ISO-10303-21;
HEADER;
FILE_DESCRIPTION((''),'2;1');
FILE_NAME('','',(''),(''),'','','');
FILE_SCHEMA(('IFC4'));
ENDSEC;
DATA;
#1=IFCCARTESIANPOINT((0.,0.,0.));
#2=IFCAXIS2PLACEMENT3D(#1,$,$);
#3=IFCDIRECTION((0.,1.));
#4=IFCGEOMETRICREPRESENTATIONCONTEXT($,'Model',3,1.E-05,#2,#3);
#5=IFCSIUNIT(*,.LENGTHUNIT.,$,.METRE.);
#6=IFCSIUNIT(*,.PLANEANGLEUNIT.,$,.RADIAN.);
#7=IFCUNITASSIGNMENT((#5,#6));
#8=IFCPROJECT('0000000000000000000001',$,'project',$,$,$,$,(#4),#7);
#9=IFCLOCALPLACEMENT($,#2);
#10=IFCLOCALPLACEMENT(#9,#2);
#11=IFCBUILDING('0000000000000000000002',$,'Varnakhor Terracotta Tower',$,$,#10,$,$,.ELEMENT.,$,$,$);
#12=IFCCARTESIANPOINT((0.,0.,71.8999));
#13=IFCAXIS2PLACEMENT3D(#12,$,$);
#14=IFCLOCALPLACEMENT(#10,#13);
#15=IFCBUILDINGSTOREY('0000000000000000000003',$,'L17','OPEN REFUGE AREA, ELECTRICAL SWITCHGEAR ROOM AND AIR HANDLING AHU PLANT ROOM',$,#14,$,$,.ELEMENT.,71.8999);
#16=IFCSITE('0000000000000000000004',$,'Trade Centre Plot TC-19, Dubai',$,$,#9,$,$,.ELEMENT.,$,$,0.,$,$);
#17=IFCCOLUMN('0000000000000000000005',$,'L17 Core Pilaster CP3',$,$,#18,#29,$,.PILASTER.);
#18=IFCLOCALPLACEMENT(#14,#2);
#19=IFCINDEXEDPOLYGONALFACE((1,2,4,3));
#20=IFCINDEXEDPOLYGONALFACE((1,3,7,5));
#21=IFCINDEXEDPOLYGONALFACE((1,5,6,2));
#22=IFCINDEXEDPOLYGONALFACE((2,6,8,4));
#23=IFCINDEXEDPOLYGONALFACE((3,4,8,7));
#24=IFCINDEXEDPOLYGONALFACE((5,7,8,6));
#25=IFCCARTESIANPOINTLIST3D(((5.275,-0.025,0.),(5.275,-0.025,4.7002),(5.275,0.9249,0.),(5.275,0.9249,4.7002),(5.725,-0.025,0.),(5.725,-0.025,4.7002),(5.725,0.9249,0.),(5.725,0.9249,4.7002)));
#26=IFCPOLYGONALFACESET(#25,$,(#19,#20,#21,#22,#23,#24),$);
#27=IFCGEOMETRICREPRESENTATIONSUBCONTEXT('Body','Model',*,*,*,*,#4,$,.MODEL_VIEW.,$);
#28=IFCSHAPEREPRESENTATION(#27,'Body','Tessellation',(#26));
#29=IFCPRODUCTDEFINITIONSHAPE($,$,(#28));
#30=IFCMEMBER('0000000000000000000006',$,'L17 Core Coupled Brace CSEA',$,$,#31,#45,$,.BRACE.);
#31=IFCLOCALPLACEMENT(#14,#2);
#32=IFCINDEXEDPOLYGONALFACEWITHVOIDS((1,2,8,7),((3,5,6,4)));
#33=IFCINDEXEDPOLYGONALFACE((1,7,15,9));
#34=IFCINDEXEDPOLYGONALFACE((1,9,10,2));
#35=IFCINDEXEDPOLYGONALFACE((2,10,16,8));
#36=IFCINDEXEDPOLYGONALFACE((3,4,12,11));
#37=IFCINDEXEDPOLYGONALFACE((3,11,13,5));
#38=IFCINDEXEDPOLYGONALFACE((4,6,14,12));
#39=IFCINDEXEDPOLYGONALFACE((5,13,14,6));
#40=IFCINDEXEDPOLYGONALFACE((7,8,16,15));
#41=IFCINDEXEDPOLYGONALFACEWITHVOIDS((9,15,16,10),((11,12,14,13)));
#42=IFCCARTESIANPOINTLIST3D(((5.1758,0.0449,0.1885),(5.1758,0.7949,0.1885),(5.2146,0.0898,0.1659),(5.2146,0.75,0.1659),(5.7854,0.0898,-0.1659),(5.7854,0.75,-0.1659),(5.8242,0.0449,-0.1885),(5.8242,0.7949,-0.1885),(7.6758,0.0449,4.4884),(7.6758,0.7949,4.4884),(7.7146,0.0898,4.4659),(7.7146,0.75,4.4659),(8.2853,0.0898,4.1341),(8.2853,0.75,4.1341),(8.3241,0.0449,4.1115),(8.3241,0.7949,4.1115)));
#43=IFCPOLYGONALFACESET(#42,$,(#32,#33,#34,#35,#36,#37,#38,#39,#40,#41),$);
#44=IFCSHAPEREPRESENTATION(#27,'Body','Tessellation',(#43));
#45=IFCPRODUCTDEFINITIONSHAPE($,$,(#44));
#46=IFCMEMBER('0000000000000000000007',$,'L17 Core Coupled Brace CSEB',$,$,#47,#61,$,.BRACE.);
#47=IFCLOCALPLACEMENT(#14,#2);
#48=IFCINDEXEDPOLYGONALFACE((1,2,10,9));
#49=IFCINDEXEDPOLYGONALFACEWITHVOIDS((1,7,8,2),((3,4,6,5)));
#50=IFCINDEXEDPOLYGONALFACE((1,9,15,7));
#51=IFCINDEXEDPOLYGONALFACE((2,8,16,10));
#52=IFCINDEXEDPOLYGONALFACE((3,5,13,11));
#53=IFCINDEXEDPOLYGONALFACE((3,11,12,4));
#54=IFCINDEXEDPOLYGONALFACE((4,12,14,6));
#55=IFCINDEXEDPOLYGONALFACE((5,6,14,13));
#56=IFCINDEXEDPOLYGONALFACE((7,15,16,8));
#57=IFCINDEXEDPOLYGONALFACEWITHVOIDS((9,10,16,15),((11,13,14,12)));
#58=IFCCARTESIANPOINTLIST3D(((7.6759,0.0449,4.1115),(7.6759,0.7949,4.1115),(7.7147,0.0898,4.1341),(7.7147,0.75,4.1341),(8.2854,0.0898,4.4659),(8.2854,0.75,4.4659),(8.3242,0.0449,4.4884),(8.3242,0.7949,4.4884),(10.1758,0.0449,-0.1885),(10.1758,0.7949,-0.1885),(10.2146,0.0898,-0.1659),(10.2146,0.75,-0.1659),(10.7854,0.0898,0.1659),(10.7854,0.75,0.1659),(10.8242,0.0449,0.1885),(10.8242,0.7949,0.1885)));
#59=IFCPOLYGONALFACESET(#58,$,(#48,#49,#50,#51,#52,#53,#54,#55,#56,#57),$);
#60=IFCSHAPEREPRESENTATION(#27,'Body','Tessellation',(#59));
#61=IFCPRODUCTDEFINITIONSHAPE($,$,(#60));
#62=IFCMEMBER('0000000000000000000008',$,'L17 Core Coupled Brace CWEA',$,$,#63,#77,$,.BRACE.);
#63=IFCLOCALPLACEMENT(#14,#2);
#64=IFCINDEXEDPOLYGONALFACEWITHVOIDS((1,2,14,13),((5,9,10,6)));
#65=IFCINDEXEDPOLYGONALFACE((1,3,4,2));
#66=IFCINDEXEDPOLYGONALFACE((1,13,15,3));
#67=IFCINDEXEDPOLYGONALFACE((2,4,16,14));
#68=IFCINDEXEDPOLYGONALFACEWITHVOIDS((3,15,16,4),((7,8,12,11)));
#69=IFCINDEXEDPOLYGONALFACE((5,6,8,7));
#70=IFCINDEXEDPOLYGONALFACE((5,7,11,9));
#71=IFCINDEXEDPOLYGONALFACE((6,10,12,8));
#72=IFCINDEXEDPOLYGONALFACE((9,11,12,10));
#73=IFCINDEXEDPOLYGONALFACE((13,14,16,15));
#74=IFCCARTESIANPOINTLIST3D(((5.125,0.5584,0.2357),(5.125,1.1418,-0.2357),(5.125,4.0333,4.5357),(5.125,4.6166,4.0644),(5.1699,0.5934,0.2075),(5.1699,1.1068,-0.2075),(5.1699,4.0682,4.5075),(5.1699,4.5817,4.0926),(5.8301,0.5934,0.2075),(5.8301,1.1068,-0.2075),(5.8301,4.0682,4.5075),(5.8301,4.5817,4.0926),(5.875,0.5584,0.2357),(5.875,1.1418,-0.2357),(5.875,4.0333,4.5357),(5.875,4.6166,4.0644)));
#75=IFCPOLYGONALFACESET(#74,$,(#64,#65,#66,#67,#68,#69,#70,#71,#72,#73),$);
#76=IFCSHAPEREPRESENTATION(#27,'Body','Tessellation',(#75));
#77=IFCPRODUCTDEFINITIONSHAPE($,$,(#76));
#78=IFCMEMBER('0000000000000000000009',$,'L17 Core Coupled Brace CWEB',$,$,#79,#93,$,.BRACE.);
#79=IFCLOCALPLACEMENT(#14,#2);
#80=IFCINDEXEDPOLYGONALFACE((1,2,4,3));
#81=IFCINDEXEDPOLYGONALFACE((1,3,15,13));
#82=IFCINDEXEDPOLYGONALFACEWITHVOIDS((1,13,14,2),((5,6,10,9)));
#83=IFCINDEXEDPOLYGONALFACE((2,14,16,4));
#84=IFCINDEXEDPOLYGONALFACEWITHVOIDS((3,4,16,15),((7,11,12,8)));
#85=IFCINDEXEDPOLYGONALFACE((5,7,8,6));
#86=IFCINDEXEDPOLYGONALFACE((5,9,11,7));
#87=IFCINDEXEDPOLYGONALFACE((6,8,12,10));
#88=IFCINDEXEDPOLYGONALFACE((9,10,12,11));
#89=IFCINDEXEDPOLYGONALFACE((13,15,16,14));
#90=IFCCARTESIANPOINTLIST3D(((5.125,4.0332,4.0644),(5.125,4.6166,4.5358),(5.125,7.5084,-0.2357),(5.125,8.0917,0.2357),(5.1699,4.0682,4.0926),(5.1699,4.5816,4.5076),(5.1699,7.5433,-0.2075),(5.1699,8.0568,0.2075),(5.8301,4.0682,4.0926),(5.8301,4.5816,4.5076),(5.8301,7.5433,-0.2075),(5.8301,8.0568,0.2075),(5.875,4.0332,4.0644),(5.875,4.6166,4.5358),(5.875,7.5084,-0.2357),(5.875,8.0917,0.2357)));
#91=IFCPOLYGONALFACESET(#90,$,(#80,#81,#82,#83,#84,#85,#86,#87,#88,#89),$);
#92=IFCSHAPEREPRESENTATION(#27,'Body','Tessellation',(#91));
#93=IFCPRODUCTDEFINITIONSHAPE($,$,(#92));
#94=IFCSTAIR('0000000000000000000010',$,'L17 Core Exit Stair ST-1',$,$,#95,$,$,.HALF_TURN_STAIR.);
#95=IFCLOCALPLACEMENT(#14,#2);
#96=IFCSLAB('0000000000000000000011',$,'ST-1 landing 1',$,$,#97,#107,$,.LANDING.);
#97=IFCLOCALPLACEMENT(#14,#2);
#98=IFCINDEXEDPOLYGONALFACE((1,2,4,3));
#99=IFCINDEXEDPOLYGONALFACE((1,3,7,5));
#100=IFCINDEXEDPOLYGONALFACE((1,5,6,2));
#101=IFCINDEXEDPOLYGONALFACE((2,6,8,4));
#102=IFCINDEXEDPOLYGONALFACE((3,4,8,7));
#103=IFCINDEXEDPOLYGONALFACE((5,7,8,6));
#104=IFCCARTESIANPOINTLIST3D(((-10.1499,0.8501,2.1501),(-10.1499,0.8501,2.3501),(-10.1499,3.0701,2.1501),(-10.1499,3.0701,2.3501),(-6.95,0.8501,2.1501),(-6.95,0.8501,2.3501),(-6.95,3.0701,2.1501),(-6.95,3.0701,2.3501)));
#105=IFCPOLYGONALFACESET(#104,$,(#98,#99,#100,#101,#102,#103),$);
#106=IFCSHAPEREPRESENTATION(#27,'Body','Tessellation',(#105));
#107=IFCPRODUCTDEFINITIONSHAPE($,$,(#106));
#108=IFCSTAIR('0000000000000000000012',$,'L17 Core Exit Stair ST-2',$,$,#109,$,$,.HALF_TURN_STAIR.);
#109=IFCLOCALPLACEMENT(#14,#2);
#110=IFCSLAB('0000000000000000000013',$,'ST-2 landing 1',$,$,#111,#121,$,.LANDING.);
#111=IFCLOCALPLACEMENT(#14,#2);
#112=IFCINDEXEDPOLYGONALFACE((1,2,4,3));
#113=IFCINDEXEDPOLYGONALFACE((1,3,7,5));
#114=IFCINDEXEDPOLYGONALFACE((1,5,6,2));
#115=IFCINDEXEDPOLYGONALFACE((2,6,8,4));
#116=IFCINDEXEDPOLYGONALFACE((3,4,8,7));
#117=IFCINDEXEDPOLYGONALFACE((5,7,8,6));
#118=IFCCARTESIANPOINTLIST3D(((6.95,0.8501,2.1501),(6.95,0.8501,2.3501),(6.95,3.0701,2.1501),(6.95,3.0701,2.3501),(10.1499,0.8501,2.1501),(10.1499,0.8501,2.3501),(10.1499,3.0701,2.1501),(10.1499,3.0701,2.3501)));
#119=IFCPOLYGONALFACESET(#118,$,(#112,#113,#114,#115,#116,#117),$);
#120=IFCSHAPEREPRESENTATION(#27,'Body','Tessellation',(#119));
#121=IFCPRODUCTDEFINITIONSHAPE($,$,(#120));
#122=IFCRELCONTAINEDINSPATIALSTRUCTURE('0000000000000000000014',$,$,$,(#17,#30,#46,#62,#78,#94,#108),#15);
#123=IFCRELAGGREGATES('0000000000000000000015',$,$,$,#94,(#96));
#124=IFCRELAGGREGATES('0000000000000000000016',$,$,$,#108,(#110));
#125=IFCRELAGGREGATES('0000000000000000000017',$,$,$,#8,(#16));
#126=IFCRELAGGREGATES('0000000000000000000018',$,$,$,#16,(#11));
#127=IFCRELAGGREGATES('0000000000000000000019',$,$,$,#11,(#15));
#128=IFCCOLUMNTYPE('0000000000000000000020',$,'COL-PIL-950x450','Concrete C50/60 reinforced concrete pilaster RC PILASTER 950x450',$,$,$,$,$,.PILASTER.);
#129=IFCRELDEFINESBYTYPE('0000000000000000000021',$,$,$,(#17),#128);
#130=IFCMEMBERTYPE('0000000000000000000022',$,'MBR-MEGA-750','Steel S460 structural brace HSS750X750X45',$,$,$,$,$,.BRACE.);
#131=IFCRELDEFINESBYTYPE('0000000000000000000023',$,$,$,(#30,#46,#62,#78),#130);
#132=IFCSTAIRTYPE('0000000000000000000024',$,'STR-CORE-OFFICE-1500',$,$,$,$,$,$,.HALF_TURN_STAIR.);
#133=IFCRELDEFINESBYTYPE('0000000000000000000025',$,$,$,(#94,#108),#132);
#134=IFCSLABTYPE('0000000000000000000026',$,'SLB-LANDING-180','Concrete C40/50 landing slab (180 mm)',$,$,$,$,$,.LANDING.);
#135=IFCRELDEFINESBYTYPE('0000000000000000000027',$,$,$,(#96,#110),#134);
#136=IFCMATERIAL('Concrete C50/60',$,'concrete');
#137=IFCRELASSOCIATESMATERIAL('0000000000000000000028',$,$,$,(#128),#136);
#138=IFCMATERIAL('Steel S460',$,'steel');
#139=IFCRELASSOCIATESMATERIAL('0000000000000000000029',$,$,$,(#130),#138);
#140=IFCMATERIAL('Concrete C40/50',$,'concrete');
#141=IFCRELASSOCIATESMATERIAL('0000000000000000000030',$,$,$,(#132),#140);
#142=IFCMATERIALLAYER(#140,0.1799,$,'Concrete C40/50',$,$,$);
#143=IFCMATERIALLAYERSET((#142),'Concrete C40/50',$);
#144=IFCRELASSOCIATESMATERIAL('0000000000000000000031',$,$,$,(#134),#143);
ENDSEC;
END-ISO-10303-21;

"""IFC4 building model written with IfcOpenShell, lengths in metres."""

from ifc_helpers import new_model, si_unit, direction, frame, origin, origin_2d, place, context, subcontext, project, spatial, polyline, rectangle, hollow_rectangle, outline, extrude, source, transform, mapped, material, layer, layer_set, material_profile, profile_set, type_object, element, aggregate, save


model = new_model("IFC4")

# Units and contexts
model_context = context("Model", 3, precision=1e-05, world=origin(), true_north=direction((0.0, 1.0)))
body_context = subcontext(model_context, "Body", "Model", "MODEL_VIEW")
ifc_project = project(units=[si_unit("LENGTHUNIT", "METRE"), si_unit("PLANEANGLEUNIT", "RADIAN")], contexts=[model_context])

# Site, building, storey
site_placement = place(None, origin())
site = spatial("IfcSite", under=ifc_project, at=site_placement, Name="Trade Centre Plot TC-19, Dubai", CompositionType="ELEMENT", RefElevation=0.0)
building_placement = place(site_placement, origin())
building = spatial("IfcBuilding", under=site, at=building_placement, Name="Varnakhor Terracotta Tower", CompositionType="ELEMENT")
storey_placement = place(building_placement, frame((0.0, 0.0, 71.8999)))
storey = spatial("IfcBuildingStorey", under=building, at=storey_placement, Name="L17", Description="OPEN REFUGE AREA, ELECTRICAL SWITCHGEAR ROOM AND AIR HANDLING AHU PLANT ROOM", CompositionType="ELEMENT", Elevation=71.8999)

# Column
ifc_material_1 = material(Name="Concrete C50/60", Category="concrete")
ifc_material_profile_1 = material_profile(ifc_material_1, rectangle(XDim=0.45, YDim=0.95, at=origin_2d()), Name="RC PILASTER 950x450")
ifc_profile_set_1 = profile_set([ifc_material_profile_1], Name="Concrete C50/60")
column_type = type_object("IfcColumnType", Name="COL-PIL-950x450", Description="Concrete C50/60 reinforced concrete pilaster RC PILASTER 950x450", PredefinedType="PILASTER", material=ifc_profile_set_1)
shared_shape_1 = source(origin(), body_context, "Body", "SweptSolid", [
    extrude(rectangle(XDim=0.45, YDim=0.95, at=origin_2d()), origin(), (0.0, 0.0, 1.0), 4.7002),
])
column_placement = place(storey_placement, frame((5.5, 0.45, 0.0), z_axis=(0.0, 0.0, 1.0), x_axis=(1.0, 0.0, 0.0)))
element("IfcColumn", 1, at=column_placement, inside=storey, type_object=column_type, Name="L17 Core Pilaster CP3", PredefinedType="PILASTER", context=body_context, shape_type="MappedRepresentation", body=[
    mapped(shared_shape_1, transform((0.0, 0.0, 0.0), scale=1.0)),
])

# Members
ifc_material_2 = material(Name="Steel S460", Category="steel")
ifc_material_profile_2 = material_profile(ifc_material_2, hollow_rectangle(XDim=0.75, YDim=0.75, WallThickness=0.0449, at=origin_2d()), Name="HSS750X750X45")
ifc_profile_set_2 = profile_set([ifc_material_profile_2], Name="Steel S460")
member_type = type_object("IfcMemberType", Name="MBR-MEGA-750", Description="Steel S460 structural brace HSS750X750X45", PredefinedType="BRACE", material=ifc_profile_set_2)
shared_shape_2 = source(origin(), body_context, "Body", "SweptSolid", [
    extrude(hollow_rectangle(XDim=0.75, YDim=0.75, WallThickness=0.0449, at=origin_2d()), origin(), (0.0, 0.0, 1.0), 4.9739),
])
for number, where, z_axis, x_axis, name in (
    (2, (5.5, 0.4199, 0.0), (0.502616, 0.0, 0.86451), (0.0, 1.0, 0.0), "L17 Core Coupled Brace CSEA"),
    (3, (10.5, 0.4199, 0.0), (-0.502616, 0.0, 0.86451), (0.0, -1.0, 0.0), "L17 Core Coupled Brace CSEB"),
):
    element("IfcMember", number, at=place(storey_placement, frame(where, z_axis=z_axis, x_axis=x_axis)), inside=storey, type_object=member_type, Name=name, PredefinedType="BRACE", context=body_context, shape_type="MappedRepresentation", body=[
        mapped(shared_shape_2, transform((0.0, 0.0, 0.0), scale=1.0)),
    ])
shared_shape_3 = source(origin(), body_context, "Body", "SweptSolid", [
    extrude(hollow_rectangle(XDim=0.75, YDim=0.75, WallThickness=0.0449, at=origin_2d()), origin(), (0.0, 0.0, 1.0), 5.5286),
])
member_1_placement = place(storey_placement, frame((5.5, 0.8501, 0.0), z_axis=(0.0, 0.628527, 0.777788), x_axis=(-1.0, 0.0, 0.0)))
element("IfcMember", 4, at=member_1_placement, inside=storey, type_object=member_type, Name="L17 Core Coupled Brace CWEA", PredefinedType="BRACE", context=body_context, shape_type="MappedRepresentation", body=[
    mapped(shared_shape_3, transform((0.0, 0.0, 0.0), scale=1.0)),
])
shared_shape_4 = source(origin(), body_context, "Body", "SweptSolid", [
    extrude(hollow_rectangle(XDim=0.75, YDim=0.75, WallThickness=0.0449, at=origin_2d()), origin(), (0.0, 0.0, 1.0), 5.5288),
])
member_2_placement = place(storey_placement, frame((5.5, 7.8, 0.0), z_axis=(0.0, -0.628554, 0.777766), x_axis=(1.0, 0.0, 0.0)))
element("IfcMember", 5, at=member_2_placement, inside=storey, type_object=member_type, Name="L17 Core Coupled Brace CWEB", PredefinedType="BRACE", context=body_context, shape_type="MappedRepresentation", body=[
    mapped(shared_shape_4, transform((0.0, 0.0, 0.0), scale=1.0)),
])

# Stairs, slabs
ifc_material_3 = material(Name="Concrete C40/50", Category="concrete")
stair_type = type_object("IfcStairType", Name="STR-CORE-OFFICE-1500", PredefinedType="HALF_TURN_STAIR", material=ifc_material_3)
stair_1_placement = place(storey_placement, origin())
stair_1 = element("IfcStair", 6, at=stair_1_placement, inside=storey, type_object=stair_type, Name="L17 Core Exit Stair ST-1", PredefinedType="HALF_TURN_STAIR")
ifc_layer_1 = layer(ifc_material_3, 0.1799, Name="Concrete C40/50")
ifc_layer_set_1 = layer_set([ifc_layer_1], Name="Concrete C40/50")
slab_type_1 = type_object("IfcSlabType", Name="SLB-LANDING-180", Description="Concrete C40/50 landing slab (180 mm)", PredefinedType="LANDING", material=ifc_layer_set_1)
slab_1_placement = place(storey_placement, frame((0.0, 0.0, 2.1501)))
slab_1 = element("IfcSlab", 7, at=slab_1_placement, type_object=slab_type_1, Name="ST-1 landing 1", PredefinedType="LANDING", context=body_context, shape_type="SweptSolid", body=[
    extrude(outline(polyline([(-10.1499, 3.0701), (-10.1499, 0.8501), (-6.95, 0.8501), (-6.95, 3.0701), (-10.1499, 3.0701)])), origin(), (0.0, 0.0, 1.0), 0.2),
])
aggregate(stair_1, [slab_1])
stair_2_placement = place(storey_placement, origin())
stair_2 = element("IfcStair", 8, at=stair_2_placement, inside=storey, type_object=stair_type, Name="L17 Core Exit Stair ST-2", PredefinedType="HALF_TURN_STAIR")
slab_2_placement = place(storey_placement, frame((0.0, 0.0, 2.1501)))
slab_2 = element("IfcSlab", 9, at=slab_2_placement, type_object=slab_type_1, Name="ST-2 landing 1", PredefinedType="LANDING", context=body_context, shape_type="SweptSolid", body=[
    extrude(outline(polyline([(6.95, 3.0701), (6.95, 0.8501), (10.1499, 0.8501), (10.1499, 3.0701), (6.95, 3.0701)])), origin(), (0.0, 0.0, 1.0), 0.2),
])

aggregate(stair_2, [slab_2])

save(model, "model.ifc")
